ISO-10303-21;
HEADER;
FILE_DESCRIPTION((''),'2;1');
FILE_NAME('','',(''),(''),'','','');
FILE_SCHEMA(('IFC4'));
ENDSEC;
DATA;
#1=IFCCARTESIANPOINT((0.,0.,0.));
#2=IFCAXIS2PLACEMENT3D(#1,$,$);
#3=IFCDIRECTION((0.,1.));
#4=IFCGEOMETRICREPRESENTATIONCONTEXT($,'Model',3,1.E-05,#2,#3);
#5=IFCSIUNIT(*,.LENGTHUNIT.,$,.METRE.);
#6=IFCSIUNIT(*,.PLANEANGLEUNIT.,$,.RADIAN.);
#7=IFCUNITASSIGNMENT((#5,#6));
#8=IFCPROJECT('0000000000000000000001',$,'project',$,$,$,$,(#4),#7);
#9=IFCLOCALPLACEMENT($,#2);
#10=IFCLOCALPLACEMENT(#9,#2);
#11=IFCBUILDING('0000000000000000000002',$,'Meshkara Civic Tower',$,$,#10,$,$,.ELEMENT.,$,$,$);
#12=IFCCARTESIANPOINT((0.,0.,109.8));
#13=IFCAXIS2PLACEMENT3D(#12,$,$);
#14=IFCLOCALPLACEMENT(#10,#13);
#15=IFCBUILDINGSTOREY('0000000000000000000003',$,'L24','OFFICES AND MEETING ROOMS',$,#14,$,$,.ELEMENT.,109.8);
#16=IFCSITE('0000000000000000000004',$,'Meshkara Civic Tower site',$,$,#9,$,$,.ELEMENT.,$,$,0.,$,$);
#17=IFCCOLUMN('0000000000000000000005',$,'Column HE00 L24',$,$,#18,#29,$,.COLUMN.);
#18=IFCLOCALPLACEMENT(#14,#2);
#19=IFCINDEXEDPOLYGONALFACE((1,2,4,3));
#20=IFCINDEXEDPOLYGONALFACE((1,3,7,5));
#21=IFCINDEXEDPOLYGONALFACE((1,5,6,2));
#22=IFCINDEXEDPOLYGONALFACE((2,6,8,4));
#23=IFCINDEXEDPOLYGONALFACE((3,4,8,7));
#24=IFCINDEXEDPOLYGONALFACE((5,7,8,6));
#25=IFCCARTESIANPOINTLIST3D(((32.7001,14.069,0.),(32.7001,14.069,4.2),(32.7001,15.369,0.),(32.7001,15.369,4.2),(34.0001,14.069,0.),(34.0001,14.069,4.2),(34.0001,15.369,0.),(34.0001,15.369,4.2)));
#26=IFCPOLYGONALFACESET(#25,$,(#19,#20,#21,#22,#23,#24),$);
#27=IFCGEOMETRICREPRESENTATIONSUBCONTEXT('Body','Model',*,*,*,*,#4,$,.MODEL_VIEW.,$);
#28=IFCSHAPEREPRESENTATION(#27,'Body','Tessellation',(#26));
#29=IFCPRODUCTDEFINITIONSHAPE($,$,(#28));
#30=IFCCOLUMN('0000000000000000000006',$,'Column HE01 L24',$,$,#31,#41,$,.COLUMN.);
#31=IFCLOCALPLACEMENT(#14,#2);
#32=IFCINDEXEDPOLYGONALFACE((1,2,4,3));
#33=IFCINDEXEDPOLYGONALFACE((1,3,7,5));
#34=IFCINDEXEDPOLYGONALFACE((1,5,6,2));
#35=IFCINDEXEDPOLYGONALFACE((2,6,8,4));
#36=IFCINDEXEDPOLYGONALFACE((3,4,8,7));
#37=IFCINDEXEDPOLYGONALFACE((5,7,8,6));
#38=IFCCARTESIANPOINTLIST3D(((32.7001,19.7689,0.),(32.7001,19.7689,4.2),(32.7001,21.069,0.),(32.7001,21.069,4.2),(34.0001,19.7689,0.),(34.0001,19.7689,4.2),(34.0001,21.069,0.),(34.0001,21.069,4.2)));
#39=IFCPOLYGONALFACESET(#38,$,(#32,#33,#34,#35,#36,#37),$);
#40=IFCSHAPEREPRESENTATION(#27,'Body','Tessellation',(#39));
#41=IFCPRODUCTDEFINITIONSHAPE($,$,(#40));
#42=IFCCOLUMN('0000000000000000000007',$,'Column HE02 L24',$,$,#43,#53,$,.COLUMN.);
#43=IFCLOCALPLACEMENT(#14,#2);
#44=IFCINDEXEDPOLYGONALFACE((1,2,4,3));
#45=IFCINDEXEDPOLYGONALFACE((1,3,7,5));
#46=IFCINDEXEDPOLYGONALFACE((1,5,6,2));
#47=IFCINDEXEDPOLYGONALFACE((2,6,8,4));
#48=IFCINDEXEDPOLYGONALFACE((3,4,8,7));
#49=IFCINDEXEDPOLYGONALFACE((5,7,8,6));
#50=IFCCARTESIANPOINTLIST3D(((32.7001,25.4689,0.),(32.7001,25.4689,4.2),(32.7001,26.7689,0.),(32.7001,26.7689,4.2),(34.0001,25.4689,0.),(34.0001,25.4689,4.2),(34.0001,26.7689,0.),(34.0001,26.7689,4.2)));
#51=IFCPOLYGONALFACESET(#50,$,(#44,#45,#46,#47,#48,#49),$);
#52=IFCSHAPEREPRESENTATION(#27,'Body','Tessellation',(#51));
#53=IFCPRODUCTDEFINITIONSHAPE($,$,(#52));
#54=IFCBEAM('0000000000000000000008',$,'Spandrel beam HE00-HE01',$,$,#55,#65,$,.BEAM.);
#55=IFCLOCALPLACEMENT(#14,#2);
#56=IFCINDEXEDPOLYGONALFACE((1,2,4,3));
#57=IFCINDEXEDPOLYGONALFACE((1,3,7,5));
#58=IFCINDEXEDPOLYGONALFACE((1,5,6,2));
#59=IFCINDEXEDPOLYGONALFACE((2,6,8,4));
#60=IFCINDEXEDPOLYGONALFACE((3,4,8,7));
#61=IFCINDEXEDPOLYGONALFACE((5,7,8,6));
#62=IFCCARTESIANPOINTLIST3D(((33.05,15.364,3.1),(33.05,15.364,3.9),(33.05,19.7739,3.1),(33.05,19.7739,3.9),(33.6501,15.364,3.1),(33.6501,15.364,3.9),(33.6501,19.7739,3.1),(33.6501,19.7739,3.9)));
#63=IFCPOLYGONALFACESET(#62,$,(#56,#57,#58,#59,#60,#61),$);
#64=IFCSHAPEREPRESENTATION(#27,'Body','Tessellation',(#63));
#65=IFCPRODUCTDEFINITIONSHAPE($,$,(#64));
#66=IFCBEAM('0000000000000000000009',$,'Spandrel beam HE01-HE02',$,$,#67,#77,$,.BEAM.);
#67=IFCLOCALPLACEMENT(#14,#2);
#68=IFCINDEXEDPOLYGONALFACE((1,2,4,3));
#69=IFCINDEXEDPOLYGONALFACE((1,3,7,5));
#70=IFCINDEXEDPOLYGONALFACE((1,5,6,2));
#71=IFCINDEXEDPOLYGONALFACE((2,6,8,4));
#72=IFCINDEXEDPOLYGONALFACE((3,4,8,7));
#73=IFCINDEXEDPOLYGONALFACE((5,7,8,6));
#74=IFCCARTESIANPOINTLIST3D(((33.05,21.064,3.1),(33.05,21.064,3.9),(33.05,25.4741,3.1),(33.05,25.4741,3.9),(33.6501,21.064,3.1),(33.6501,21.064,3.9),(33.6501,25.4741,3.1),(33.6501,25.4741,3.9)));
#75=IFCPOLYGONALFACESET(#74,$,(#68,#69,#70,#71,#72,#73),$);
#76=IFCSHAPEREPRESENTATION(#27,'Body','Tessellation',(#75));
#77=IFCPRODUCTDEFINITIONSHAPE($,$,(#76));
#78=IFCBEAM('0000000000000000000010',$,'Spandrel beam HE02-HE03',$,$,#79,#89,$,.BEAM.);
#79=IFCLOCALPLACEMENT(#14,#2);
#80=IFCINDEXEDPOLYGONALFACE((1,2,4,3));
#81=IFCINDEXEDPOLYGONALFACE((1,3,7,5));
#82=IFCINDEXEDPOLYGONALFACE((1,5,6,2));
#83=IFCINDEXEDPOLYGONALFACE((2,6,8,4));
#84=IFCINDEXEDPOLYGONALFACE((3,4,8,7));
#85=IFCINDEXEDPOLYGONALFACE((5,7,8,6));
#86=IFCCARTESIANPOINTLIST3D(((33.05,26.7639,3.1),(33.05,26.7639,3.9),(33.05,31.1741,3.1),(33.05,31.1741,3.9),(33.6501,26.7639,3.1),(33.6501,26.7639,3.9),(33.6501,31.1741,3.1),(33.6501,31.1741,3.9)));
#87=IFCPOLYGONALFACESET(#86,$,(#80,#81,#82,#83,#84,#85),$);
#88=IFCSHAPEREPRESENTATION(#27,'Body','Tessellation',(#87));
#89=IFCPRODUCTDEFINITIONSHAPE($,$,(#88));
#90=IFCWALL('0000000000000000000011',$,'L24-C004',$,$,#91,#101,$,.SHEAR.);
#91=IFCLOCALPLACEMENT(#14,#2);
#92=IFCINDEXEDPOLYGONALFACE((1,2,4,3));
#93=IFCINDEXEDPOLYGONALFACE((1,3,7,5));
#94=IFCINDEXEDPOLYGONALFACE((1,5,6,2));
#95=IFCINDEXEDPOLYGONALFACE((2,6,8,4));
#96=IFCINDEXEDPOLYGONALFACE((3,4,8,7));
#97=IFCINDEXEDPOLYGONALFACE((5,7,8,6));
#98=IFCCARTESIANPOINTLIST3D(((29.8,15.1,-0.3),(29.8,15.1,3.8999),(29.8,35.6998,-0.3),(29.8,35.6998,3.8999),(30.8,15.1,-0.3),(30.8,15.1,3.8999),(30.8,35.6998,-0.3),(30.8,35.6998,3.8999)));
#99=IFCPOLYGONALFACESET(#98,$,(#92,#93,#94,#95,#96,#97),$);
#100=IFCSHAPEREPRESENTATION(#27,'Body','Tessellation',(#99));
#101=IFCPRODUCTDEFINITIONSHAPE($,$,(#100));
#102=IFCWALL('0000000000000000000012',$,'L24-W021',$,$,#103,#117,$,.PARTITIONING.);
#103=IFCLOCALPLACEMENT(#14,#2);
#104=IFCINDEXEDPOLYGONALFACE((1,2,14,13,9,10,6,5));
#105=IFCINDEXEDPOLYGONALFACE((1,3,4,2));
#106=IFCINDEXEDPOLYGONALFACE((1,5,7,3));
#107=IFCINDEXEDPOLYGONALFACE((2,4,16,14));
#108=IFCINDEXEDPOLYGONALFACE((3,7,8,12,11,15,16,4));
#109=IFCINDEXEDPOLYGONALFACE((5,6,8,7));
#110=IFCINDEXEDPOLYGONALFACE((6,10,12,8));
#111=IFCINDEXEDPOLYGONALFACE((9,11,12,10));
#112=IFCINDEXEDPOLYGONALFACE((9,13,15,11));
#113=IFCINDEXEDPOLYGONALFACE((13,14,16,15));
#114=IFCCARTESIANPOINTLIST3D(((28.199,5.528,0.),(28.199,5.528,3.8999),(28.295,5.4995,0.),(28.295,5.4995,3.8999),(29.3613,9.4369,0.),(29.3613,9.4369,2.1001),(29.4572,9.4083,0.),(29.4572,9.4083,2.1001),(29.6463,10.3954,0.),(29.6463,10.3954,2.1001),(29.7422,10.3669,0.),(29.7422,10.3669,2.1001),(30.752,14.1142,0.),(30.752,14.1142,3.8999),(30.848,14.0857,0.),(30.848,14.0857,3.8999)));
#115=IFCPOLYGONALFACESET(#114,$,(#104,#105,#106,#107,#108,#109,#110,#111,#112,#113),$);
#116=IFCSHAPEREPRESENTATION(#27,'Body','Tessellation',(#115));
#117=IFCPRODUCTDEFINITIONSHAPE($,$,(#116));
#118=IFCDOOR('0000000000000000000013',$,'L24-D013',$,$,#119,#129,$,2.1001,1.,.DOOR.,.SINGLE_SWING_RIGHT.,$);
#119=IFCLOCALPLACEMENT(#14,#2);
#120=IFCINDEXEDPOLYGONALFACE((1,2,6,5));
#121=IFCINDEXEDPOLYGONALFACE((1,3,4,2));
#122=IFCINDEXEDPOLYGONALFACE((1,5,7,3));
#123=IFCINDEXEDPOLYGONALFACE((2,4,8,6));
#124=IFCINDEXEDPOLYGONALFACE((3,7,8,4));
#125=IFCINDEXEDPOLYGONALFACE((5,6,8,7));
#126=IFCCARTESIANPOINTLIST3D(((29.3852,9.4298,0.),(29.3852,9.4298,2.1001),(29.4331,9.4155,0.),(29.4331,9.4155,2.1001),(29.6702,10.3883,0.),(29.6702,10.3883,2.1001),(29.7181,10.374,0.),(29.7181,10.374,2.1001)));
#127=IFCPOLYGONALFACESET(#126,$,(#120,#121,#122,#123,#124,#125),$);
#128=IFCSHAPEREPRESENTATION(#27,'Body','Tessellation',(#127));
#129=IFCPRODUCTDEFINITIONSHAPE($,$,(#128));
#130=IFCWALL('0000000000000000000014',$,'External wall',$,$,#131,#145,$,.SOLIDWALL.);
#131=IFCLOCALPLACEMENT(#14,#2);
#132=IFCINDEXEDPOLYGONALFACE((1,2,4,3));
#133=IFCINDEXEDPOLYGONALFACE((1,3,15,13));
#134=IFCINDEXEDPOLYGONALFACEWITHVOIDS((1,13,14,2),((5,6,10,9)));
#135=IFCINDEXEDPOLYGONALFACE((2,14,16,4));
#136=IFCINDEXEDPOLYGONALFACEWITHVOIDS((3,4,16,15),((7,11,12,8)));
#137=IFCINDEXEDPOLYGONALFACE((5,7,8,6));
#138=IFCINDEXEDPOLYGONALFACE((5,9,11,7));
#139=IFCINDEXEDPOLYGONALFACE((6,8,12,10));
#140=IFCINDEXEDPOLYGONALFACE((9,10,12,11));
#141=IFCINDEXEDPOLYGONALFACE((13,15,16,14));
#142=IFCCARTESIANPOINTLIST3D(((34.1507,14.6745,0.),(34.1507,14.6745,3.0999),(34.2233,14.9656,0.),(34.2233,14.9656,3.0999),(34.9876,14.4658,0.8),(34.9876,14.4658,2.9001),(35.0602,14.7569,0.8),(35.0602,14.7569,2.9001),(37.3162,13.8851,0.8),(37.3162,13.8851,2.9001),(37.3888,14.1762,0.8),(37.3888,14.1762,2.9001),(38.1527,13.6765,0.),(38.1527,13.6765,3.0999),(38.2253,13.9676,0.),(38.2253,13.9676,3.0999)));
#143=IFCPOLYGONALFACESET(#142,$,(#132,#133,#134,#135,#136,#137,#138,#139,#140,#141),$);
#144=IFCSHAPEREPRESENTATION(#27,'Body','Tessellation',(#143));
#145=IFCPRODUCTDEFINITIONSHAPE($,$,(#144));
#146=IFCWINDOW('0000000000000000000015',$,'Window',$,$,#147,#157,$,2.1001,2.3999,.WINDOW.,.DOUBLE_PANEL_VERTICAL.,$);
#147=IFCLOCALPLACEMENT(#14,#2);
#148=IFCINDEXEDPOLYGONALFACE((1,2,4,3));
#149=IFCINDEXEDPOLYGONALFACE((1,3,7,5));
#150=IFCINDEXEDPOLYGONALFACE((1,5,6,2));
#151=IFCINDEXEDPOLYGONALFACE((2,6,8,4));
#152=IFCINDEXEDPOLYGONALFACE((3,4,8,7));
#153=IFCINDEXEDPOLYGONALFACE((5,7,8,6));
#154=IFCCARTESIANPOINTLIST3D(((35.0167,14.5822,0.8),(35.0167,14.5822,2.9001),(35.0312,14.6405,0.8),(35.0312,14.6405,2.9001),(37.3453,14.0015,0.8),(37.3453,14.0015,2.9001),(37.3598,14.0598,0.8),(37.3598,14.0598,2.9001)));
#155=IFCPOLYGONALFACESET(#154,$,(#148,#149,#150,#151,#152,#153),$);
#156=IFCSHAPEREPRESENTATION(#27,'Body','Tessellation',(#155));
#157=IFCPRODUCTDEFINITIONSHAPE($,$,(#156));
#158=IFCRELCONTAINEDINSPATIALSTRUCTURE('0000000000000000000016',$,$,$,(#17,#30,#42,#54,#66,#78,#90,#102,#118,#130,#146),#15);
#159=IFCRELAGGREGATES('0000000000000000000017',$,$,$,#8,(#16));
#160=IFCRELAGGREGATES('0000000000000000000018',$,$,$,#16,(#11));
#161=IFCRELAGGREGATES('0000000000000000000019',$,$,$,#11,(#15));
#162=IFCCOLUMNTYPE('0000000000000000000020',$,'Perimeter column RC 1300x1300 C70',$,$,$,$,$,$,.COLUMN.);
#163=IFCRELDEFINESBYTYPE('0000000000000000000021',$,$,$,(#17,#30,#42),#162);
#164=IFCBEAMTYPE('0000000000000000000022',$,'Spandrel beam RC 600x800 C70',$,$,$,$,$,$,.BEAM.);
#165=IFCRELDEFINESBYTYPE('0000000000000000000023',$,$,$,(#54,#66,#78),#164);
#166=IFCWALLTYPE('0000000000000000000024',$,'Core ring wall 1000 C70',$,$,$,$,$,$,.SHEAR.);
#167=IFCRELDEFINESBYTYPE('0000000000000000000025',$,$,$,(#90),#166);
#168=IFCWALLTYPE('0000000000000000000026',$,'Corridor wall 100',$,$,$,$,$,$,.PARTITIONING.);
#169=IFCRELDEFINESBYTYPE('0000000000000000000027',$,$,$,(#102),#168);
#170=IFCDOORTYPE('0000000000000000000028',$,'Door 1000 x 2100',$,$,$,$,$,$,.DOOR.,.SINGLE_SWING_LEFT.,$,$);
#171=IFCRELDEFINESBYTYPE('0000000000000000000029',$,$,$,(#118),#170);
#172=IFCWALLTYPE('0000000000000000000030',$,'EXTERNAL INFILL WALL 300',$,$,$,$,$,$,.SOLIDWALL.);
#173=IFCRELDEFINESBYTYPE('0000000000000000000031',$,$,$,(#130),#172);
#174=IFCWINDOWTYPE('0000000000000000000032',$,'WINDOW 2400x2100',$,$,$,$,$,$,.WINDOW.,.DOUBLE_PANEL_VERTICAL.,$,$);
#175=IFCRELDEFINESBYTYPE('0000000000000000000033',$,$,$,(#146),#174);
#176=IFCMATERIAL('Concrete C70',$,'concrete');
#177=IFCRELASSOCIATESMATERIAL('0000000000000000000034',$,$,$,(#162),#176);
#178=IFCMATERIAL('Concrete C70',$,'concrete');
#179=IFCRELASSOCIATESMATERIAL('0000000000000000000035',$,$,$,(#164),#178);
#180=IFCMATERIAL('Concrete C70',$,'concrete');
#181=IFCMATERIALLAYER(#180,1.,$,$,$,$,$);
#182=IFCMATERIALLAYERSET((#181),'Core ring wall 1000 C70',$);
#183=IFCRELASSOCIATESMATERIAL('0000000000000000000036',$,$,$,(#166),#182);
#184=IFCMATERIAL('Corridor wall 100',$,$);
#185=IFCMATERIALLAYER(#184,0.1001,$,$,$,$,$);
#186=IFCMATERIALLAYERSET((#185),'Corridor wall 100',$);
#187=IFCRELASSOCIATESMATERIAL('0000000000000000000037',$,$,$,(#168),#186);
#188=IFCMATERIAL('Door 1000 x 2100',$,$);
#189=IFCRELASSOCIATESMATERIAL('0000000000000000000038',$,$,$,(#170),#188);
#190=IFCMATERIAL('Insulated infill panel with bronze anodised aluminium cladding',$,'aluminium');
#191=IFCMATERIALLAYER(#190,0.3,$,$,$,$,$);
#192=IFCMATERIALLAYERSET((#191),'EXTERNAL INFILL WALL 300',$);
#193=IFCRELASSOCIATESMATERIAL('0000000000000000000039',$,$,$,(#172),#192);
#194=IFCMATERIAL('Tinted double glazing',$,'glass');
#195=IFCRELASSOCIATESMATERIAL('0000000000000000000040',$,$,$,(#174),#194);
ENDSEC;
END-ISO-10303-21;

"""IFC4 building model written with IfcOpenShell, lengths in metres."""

from ifc_helpers import new_model, si_unit, direction, frame, frame_2d, origin, origin_2d, place, context, subcontext, project, spatial, rectangle, extrude, material, layer, layer_set, material_profile, profile_set, type_object, element, fill, save


model = new_model("IFC4")

# Units and contexts
model_context = context("Model", 3, precision=1e-05, world=origin(), true_north=direction((0.0, 1.0)))
body_context = subcontext(model_context, "Body", "Model", "MODEL_VIEW")
ifc_project = project(units=[si_unit("LENGTHUNIT", "METRE"), si_unit("PLANEANGLEUNIT", "RADIAN")], contexts=[model_context])

# Site, building, storey
site_placement = place(None, origin())
site = spatial("IfcSite", under=ifc_project, at=site_placement, Name="Meshkara Civic Tower site", CompositionType="ELEMENT", RefElevation=0.0)
building_placement = place(site_placement, origin())
building = spatial("IfcBuilding", under=site, at=building_placement, Name="Meshkara Civic Tower", CompositionType="ELEMENT")
storey_placement = place(building_placement, frame((0.0, 0.0, 109.8)))
storey = spatial("IfcBuildingStorey", under=building, at=storey_placement, Name="L24", Description="OFFICES AND MEETING ROOMS", CompositionType="ELEMENT", Elevation=109.8)

# Columns
ifc_material_1 = material(Name="Concrete C70", Category="concrete")
ifc_material_profile_1 = material_profile(ifc_material_1, rectangle(XDim=1.3, YDim=1.3, at=origin_2d()))
ifc_profile_set_1 = profile_set([ifc_material_profile_1], Name="Concrete C70")
column_type = type_object("IfcColumnType", Name="Perimeter column RC 1300x1300 C70", PredefinedType="COLUMN", material=ifc_profile_set_1)
for number, where, z_axis, x_axis, name in (
    (1, (33.3501, 14.719, 0.0), (0.0, 0.0, 1.0), (1.0, 0.0, 0.0), "Column HE00 L24"),
    (2, (33.3501, 20.4189, 0.0), (0.0, 0.0, 1.0), (1.0, 0.0, 0.0), "Column HE01 L24"),
    (3, (33.3501, 26.1189, 0.0), (0.0, 0.0, 1.0), (1.0, 0.0, 0.0), "Column HE02 L24"),
):
    element("IfcColumn", number, at=place(storey_placement, frame(where, z_axis=z_axis, x_axis=x_axis)), inside=storey, type_object=column_type, Name=name, PredefinedType="COLUMN", context=body_context, shape_type="SweptSolid", body=[
        extrude(rectangle(XDim=1.3, YDim=1.3, at=origin_2d()), origin(), (0.0, 0.0, 1.0), 4.2),
    ])

# Beams
ifc_material_2 = material(Name="Concrete C70", Category="concrete")
ifc_material_profile_2 = material_profile(ifc_material_2, rectangle(XDim=0.6001, YDim=0.8, at=origin_2d()))
ifc_profile_set_2 = profile_set([ifc_material_profile_2], Name="Concrete C70")
beam_type = type_object("IfcBeamType", Name="Spandrel beam RC 600x800 C70", PredefinedType="BEAM", material=ifc_profile_set_2)
beam_placement = place(storey_placement, frame((33.3501, 15.364, 3.5), z_axis=(0.0, 1.0, 0.0), x_axis=(-1.0, 0.0, 0.0)))
element("IfcBeam", 4, at=beam_placement, inside=storey, type_object=beam_type, Name="Spandrel beam HE00-HE01", PredefinedType="BEAM", context=body_context, shape_type="SweptSolid", body=[
    extrude(rectangle(XDim=0.6001, YDim=0.8, at=origin_2d()), origin(), (0.0, 0.0, 1.0), 4.4099),
])
for number, where, z_axis, x_axis, name in (
    (5, (33.3501, 21.064, 3.5), (0.0, 1.0, 0.0), (-1.0, 0.0, 0.0), "Spandrel beam HE01-HE02"),
    (6, (33.3501, 26.7639, 3.5), (0.0, 1.0, 0.0), (-1.0, 0.0, 0.0), "Spandrel beam HE02-HE03"),
):
    element("IfcBeam", number, at=place(storey_placement, frame(where, z_axis=z_axis, x_axis=x_axis)), inside=storey, type_object=beam_type, Name=name, PredefinedType="BEAM", context=body_context, shape_type="SweptSolid", body=[
        extrude(rectangle(XDim=0.6001, YDim=0.8, at=origin_2d()), origin(), (0.0, 0.0, 1.0), 4.4102),
    ])

# Wall
ifc_material_3 = material(Name="Concrete C70", Category="concrete")
ifc_layer_1 = layer(ifc_material_3, 1.0)
ifc_layer_set_1 = layer_set([ifc_layer_1], Name="Core ring wall 1000 C70")
wall_type_1 = type_object("IfcWallType", Name="Core ring wall 1000 C70", PredefinedType="SHEAR", material=ifc_layer_set_1)
wall_1_placement = place(storey_placement, frame((30.3, 15.1001, -0.3), z_axis=(0.0, 0.0, 1.0), x_axis=(0.0, 1.0, 0.0)))
element("IfcWall", 7, at=wall_1_placement, inside=storey, type_object=wall_type_1, Name="L24-C004", PredefinedType="SHEAR", context=body_context, shape_type="SweptSolid", body=[
    extrude(rectangle(XDim=20.5999, YDim=1.0, at=frame_2d((10.2998, 0.0))), origin(), (0.0, 0.0, 1.0), 4.2),
])

# Wall, opening, door
ifc_material_4 = material(Name="Corridor wall 100")
ifc_layer_2 = layer(ifc_material_4, 0.1001)
ifc_layer_set_2 = layer_set([ifc_layer_2], Name="Corridor wall 100")
wall_type_2 = type_object("IfcWallType", Name="Corridor wall 100", PredefinedType="PARTITIONING", material=ifc_layer_set_2)
wall_2_placement = place(storey_placement, frame((30.8, 14.1001, 0.0), z_axis=(0.0, 0.0, 1.0), x_axis=(-0.285004, -0.958526, 0.0)))
wall_2 = element("IfcWall", 8, at=wall_2_placement, inside=storey, type_object=wall_type_2, Name="L24-W021", PredefinedType="PARTITIONING", context=body_context, shape_type="SweptSolid", body=[
    extrude(rectangle(XDim=8.9578, YDim=0.1001, at=frame_2d((4.479, 0.0))), origin(), (0.0, 0.0, 1.0), 3.8999),
])
opening_1_placement = place(wall_2_placement, frame((3.8799, 0.0, 0.0)))
opening_1 = element("IfcOpeningElement", 9, at=opening_1_placement, cuts=wall_2, PredefinedType="OPENING", context=body_context, shape_type="SweptSolid", body=[
    extrude(rectangle(XDim=1.0, YDim=2.1001, at=frame_2d((0.5, 1.05))), frame((0.0, 0.0601, 0.0), z_axis=(0.0, -1.0, 0.0), x_axis=(1.0, 0.0, 0.0)), (0.0, 0.0, 1.0), 0.1201),
])
ifc_material_5 = material(Name="Door 1000 x 2100")
door_type_1 = type_object("IfcDoorType", Name="Door 1000 x 2100", OperationType="SINGLE_SWING_LEFT", PredefinedType="DOOR", material=ifc_material_5)
door_1_placement = place(opening_1_placement, origin())
door_1 = element("IfcDoor", 10, at=door_1_placement, inside=storey, type_object=door_type_1, Name="L24-D013", OperationType="SINGLE_SWING_RIGHT", OverallHeight=2.1001, OverallWidth=1.0, PredefinedType="DOOR", context=body_context, shape_type="SweptSolid", body=[
    extrude(rectangle(XDim=1.0, YDim=2.1001, at=frame_2d((0.5, 1.05))), frame((0.0, 0.0249, 0.0), z_axis=(0.0, -1.0, 0.0), x_axis=(1.0, 0.0, 0.0)), (0.0, 0.0, 1.0), 0.05),
])
fill(opening_1, door_1)

# Wall, opening, window
ifc_material_6 = material(Name="Insulated infill panel with bronze anodised aluminium cladding", Category="aluminium")
ifc_layer_3 = layer(ifc_material_6, 0.3)
ifc_layer_set_3 = layer_set([ifc_layer_3], Name="EXTERNAL INFILL WALL 300")
wall_type_3 = type_object("IfcWallType", Name="EXTERNAL INFILL WALL 300", PredefinedType="SOLIDWALL", material=ifc_layer_set_3)
wall_3_placement = place(storey_placement, frame((38.189, 13.822, 0.0), z_axis=(0.0, 0.0, 1.0), x_axis=(-0.970282, 0.241978, 0.0)))
wall_3 = element("IfcWall", 11, at=wall_3_placement, inside=storey, type_object=wall_type_3, Name="External wall", PredefinedType="SOLIDWALL", context=body_context, shape_type="SweptSolid", body=[
    extrude(rectangle(XDim=4.1245, YDim=0.3, at=frame_2d((2.0623, 0.0))), origin(), (0.0, 0.0, 1.0), 3.0999),
])
opening_2_placement = place(wall_3_placement, frame((0.8621, 0.0, 0.8)))
opening_2 = element("IfcOpeningElement", 12, at=opening_2_placement, cuts=wall_3, PredefinedType="OPENING", context=body_context, shape_type="SweptSolid", body=[
    extrude(rectangle(XDim=2.3999, YDim=2.1001, at=frame_2d((1.2, 1.05))), frame((0.0, 0.1599, 0.0), z_axis=(0.0, -1.0, 0.0), x_axis=(1.0, 0.0, 0.0)), (0.0, 0.0, 1.0), 0.3201),
])
ifc_material_7 = material(Name="Tinted double glazing", Category="glass")
window_type = type_object("IfcWindowType", Name="WINDOW 2400x2100", PartitioningType="DOUBLE_PANEL_VERTICAL", PredefinedType="WINDOW", material=ifc_material_7)
window_1_placement = place(opening_2_placement, origin())
window_1 = element("IfcWindow", 13, at=window_1_placement, inside=storey, type_object=window_type, Name="Window", OverallHeight=2.1001, OverallWidth=2.3999, PartitioningType="DOUBLE_PANEL_VERTICAL", PredefinedType="WINDOW", context=body_context, shape_type="SweptSolid", body=[
    extrude(rectangle(XDim=2.3999, YDim=2.1001, at=frame_2d((1.2, 1.05))), frame((0.0, 0.03, 0.0), z_axis=(0.0, -1.0, 0.0), x_axis=(1.0, 0.0, 0.0)), (0.0, 0.0, 1.0), 0.0601),
])
fill(opening_2, window_1)

save(model, "model.ifc")
